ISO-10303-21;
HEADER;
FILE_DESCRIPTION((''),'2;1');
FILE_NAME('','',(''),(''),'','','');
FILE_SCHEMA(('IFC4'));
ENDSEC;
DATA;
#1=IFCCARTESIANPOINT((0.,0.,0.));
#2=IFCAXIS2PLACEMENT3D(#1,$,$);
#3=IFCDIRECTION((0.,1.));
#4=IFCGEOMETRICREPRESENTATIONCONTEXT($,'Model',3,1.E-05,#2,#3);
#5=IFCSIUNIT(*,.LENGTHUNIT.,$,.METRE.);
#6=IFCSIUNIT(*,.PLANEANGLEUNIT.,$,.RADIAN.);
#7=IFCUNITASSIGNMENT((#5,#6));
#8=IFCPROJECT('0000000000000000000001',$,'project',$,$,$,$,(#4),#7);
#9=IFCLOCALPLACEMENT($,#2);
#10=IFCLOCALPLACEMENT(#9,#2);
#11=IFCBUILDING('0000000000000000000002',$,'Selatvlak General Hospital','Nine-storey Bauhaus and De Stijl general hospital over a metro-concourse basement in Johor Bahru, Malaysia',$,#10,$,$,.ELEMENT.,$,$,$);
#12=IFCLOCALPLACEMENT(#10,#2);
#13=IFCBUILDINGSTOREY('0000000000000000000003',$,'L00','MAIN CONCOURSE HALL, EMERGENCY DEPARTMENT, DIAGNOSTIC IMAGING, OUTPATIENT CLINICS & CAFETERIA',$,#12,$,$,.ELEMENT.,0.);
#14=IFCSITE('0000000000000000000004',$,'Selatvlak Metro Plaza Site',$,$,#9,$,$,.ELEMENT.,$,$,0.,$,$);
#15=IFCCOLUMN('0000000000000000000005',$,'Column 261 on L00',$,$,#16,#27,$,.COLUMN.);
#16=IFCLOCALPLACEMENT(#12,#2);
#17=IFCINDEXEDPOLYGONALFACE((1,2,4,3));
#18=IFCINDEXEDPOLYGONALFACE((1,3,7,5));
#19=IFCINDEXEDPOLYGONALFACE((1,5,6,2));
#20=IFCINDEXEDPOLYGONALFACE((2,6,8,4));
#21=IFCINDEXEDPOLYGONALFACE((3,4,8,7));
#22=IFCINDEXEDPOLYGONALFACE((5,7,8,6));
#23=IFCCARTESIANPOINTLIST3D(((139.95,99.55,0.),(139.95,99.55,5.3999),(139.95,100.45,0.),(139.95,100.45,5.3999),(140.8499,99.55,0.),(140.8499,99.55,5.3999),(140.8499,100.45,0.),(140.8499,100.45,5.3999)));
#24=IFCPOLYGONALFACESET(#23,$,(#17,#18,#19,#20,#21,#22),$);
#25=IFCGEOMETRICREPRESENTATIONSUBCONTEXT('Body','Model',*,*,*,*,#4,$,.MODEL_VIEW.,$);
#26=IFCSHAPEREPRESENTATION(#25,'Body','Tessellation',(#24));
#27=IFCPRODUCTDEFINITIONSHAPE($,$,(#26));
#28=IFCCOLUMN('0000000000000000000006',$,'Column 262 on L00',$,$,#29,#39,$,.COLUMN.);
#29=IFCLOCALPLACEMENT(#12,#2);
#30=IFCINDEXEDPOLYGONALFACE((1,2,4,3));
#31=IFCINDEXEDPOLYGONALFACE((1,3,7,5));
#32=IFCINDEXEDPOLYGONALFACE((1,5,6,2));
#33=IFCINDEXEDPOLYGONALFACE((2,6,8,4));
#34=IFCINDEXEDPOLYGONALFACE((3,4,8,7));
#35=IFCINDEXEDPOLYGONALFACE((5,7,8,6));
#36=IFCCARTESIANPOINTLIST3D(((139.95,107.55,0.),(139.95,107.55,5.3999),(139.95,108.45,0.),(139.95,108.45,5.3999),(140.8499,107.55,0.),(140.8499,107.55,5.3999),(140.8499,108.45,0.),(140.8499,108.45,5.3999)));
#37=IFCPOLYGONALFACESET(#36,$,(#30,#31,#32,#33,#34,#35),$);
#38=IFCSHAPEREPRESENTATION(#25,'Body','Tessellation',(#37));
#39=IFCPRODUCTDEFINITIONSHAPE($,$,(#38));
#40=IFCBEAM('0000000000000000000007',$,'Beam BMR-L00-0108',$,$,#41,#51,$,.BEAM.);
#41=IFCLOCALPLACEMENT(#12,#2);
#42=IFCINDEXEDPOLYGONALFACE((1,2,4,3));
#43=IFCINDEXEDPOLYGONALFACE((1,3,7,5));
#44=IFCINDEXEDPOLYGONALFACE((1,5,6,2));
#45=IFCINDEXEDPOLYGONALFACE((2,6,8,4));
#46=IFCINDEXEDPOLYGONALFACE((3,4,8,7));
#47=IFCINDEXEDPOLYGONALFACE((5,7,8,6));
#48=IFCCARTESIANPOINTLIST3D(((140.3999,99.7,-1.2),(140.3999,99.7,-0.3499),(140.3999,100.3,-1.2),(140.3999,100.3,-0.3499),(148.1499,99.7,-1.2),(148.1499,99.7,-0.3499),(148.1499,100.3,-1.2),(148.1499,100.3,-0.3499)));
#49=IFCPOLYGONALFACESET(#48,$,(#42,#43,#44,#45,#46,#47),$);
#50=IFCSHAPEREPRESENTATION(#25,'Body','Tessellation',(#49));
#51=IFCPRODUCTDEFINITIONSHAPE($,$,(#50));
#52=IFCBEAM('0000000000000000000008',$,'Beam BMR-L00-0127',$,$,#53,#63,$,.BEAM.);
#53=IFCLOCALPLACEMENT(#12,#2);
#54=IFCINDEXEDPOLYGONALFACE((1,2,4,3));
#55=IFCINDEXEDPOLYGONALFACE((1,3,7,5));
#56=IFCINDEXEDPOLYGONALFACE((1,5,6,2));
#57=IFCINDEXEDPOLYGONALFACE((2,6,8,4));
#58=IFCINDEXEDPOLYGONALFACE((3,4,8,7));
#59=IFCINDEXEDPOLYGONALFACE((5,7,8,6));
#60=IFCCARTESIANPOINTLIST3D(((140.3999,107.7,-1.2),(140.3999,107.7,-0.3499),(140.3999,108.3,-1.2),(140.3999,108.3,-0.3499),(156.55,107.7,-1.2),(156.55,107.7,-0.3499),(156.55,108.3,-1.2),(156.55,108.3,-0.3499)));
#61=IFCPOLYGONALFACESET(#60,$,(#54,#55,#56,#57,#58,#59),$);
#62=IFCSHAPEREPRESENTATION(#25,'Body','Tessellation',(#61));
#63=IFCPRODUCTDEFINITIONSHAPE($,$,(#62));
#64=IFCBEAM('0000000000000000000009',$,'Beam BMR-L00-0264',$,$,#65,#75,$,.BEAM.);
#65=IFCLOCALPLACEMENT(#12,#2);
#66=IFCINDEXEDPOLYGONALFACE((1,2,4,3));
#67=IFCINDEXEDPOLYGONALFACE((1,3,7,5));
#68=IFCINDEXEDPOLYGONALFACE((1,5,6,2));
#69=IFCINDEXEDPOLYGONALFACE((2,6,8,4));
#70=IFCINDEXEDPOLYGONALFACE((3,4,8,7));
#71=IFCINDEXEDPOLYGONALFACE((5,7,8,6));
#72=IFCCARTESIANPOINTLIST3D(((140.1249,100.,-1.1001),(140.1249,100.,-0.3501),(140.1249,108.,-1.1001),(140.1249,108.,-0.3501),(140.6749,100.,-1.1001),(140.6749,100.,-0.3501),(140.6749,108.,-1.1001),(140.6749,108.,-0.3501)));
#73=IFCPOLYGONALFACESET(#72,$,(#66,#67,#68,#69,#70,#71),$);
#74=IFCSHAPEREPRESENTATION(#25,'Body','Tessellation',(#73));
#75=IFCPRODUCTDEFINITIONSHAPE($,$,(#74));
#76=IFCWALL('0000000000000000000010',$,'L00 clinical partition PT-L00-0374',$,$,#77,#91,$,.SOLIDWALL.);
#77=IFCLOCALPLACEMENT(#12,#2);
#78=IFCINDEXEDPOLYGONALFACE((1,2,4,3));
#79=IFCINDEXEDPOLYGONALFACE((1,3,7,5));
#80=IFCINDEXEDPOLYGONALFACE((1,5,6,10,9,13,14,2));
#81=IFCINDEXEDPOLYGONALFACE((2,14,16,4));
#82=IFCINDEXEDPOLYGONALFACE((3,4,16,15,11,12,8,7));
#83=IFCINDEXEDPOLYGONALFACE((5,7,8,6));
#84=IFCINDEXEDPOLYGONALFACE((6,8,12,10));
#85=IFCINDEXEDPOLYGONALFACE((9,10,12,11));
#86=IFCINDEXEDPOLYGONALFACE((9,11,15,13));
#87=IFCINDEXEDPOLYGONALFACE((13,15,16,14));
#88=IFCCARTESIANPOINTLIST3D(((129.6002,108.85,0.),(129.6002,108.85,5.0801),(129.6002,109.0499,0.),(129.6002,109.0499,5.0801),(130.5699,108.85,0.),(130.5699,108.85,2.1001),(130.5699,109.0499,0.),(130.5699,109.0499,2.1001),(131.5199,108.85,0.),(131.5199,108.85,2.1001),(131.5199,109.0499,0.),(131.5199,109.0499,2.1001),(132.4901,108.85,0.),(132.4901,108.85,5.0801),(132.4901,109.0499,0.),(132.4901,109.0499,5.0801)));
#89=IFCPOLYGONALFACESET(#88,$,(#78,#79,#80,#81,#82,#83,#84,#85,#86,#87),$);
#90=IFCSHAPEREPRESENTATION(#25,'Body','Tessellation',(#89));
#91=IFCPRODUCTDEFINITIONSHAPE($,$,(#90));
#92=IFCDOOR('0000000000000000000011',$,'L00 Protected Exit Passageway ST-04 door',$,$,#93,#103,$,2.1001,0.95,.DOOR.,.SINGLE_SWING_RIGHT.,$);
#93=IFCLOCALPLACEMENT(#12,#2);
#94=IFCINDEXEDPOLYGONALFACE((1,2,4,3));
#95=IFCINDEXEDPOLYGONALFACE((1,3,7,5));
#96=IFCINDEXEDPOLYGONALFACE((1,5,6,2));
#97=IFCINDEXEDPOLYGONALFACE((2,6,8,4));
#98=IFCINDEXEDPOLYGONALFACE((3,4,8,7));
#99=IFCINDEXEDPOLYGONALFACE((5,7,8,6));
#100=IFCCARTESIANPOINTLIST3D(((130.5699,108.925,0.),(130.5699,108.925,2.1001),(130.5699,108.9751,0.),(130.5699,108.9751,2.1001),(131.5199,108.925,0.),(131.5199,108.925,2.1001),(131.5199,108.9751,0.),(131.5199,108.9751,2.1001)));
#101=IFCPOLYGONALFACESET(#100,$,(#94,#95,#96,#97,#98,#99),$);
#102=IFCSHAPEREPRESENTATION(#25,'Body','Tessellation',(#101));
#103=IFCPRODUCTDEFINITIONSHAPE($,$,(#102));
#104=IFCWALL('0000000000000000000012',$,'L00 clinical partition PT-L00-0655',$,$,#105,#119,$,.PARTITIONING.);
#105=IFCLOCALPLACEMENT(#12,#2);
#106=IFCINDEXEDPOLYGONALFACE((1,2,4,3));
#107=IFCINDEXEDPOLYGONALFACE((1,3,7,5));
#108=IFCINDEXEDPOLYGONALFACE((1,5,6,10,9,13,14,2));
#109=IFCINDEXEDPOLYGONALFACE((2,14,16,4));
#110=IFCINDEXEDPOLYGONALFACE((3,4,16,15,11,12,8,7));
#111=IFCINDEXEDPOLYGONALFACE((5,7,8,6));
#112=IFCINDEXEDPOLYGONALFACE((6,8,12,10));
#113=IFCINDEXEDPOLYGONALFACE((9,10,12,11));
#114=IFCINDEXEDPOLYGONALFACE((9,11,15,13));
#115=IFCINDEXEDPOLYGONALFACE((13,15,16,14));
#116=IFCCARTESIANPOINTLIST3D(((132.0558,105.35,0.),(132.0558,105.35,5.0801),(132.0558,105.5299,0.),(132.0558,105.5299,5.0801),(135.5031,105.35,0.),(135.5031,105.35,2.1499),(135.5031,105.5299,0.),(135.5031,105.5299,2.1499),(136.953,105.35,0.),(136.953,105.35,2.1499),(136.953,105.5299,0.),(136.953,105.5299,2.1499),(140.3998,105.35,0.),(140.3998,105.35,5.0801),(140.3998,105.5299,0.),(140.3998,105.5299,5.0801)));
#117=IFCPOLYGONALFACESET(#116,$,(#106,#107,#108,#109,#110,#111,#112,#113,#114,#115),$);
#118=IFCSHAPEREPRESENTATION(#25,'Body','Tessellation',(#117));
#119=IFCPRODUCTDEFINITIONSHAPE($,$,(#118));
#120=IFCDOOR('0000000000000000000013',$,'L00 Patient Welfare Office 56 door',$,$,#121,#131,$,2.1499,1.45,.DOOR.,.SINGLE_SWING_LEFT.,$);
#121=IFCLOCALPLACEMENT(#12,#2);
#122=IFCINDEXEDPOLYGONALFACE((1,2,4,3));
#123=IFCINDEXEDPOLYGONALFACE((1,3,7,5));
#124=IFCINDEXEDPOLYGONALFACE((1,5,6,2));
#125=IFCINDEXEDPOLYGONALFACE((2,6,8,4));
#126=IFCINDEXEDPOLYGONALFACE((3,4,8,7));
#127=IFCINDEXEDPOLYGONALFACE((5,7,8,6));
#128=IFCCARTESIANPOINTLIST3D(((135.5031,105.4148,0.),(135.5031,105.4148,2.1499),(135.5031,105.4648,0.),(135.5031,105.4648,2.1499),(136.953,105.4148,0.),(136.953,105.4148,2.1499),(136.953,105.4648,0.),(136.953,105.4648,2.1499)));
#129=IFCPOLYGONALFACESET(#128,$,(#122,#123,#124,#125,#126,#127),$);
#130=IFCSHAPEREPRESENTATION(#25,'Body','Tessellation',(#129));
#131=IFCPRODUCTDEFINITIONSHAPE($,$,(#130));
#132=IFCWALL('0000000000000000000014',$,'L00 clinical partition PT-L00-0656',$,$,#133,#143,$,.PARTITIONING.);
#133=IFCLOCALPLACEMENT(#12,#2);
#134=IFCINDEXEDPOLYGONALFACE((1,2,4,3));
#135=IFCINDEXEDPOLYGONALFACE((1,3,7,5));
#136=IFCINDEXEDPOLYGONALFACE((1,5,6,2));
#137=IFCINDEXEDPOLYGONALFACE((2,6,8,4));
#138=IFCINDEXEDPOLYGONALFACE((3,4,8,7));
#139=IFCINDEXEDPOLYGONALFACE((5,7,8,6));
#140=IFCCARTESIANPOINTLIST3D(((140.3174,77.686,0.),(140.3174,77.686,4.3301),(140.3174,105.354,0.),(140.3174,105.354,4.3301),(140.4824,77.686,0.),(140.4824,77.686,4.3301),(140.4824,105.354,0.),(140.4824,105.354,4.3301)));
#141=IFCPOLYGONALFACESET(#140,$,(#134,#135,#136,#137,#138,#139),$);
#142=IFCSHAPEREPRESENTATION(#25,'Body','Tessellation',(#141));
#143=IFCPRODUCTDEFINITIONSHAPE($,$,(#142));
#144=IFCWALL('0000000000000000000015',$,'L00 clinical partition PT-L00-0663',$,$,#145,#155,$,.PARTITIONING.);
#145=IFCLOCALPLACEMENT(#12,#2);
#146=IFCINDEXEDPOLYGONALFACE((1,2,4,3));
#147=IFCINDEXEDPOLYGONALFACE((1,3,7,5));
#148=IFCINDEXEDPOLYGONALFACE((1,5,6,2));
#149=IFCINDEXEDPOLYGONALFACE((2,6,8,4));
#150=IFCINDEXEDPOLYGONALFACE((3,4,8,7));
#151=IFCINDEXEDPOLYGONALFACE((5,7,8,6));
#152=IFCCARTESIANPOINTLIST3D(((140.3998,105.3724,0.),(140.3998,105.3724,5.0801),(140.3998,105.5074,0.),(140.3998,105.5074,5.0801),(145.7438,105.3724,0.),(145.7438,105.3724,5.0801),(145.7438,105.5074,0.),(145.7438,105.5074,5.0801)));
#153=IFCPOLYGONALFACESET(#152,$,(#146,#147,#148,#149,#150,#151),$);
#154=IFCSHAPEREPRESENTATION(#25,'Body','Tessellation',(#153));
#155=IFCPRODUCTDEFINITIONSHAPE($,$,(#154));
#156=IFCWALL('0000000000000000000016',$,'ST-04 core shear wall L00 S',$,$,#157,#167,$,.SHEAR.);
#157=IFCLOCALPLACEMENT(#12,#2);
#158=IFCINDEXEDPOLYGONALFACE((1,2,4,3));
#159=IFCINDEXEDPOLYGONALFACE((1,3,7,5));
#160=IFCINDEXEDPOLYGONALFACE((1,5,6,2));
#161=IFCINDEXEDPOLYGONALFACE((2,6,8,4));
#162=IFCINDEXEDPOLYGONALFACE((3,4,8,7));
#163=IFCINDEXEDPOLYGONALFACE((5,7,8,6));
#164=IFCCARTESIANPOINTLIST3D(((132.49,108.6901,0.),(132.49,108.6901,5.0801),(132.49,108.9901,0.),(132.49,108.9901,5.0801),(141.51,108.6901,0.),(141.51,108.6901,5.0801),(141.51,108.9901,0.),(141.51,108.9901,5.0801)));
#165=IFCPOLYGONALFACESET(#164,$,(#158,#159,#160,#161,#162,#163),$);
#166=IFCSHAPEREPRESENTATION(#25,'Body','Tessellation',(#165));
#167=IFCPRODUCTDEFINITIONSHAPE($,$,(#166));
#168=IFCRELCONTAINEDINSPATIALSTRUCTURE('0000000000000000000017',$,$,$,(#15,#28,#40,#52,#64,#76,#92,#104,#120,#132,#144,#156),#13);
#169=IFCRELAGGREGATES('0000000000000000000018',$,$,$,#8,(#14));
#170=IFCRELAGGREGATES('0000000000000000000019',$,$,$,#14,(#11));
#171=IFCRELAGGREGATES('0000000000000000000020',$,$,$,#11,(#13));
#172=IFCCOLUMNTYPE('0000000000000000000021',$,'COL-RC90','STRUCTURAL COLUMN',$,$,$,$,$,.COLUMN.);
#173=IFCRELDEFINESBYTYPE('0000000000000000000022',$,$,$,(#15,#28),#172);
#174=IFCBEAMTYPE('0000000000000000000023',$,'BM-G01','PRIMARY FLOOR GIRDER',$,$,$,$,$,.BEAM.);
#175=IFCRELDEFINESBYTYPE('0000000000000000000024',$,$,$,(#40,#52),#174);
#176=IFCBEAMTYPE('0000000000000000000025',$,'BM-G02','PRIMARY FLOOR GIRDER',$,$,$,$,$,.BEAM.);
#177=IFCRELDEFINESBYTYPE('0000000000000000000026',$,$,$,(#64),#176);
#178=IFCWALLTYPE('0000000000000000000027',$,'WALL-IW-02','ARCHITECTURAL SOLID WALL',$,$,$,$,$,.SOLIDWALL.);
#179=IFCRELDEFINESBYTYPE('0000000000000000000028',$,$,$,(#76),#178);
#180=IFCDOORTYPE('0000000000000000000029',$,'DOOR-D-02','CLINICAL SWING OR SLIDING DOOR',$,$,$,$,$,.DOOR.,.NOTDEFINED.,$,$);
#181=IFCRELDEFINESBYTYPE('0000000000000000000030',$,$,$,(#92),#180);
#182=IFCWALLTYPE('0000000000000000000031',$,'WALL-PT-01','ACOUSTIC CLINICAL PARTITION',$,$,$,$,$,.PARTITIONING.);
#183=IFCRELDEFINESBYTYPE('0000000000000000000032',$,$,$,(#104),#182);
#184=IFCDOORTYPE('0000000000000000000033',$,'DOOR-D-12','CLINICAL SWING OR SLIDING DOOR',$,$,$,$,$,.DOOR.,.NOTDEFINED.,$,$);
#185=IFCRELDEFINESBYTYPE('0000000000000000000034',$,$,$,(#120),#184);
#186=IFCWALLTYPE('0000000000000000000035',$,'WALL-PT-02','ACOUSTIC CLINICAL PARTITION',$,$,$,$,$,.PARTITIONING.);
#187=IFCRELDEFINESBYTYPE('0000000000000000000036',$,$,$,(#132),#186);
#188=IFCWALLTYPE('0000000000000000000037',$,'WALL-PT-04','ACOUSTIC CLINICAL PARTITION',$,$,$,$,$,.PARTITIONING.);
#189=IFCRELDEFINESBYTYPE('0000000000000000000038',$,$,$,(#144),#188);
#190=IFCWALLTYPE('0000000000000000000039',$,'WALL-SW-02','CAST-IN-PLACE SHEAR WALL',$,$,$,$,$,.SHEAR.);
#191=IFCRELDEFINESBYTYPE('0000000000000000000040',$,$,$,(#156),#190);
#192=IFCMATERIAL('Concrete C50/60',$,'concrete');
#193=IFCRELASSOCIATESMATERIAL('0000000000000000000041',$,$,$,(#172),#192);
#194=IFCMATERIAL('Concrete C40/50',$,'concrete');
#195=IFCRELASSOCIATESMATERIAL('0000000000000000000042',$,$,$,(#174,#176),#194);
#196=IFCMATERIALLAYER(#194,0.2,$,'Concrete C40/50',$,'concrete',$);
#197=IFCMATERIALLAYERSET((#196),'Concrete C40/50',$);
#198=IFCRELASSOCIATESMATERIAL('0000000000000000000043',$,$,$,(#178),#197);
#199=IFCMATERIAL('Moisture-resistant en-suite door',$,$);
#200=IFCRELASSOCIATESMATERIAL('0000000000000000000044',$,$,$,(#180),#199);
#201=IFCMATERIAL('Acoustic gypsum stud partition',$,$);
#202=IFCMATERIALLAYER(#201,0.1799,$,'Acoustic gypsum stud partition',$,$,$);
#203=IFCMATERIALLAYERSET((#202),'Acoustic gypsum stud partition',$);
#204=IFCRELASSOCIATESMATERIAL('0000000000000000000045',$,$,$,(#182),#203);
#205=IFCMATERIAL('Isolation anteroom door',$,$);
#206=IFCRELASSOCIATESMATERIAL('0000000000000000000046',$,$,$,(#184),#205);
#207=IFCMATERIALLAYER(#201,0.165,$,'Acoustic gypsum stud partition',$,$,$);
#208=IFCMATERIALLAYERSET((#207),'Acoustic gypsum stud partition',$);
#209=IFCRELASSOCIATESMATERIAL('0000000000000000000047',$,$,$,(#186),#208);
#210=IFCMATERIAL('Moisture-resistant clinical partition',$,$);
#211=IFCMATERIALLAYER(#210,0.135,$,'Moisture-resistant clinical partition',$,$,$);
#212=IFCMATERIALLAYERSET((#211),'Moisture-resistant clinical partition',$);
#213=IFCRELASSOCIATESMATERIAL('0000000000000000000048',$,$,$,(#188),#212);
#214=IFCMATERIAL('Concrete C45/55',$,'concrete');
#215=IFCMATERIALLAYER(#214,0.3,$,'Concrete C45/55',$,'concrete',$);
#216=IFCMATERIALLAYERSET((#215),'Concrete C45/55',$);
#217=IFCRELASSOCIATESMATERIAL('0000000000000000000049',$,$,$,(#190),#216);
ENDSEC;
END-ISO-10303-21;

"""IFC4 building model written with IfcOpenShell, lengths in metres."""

from ifc_helpers import new_model, si_unit, direction, frame, frame_2d, origin, origin_2d, place, context, subcontext, project, spatial, rectangle, extrude, material, layer, layer_set, material_profile, profile_set, type_object, element, fill, save


model = new_model("IFC4")

# Units and contexts
model_context = context("Model", 3, precision=1e-05, world=origin(), true_north=direction((0.0, 1.0)))
body_context = subcontext(model_context, "Body", "Model", "MODEL_VIEW")
ifc_project = project(units=[si_unit("LENGTHUNIT", "METRE"), si_unit("PLANEANGLEUNIT", "RADIAN")], contexts=[model_context])

# Site, building, storey
site_placement = place(None, origin())
site = spatial("IfcSite", under=ifc_project, at=site_placement, Name="Selatvlak Metro Plaza Site", CompositionType="ELEMENT", RefElevation=0.0)
building_placement = place(site_placement, origin())
building = spatial("IfcBuilding", under=site, at=building_placement, Name="Selatvlak General Hospital", Description="Nine-storey Bauhaus and De Stijl general hospital over a metro-concourse basement in Johor Bahru, Malaysia", CompositionType="ELEMENT")
storey_placement = place(building_placement, origin())
storey = spatial("IfcBuildingStorey", under=building, at=storey_placement, Name="L00", Description="MAIN CONCOURSE HALL, EMERGENCY DEPARTMENT, DIAGNOSTIC IMAGING, OUTPATIENT CLINICS & CAFETERIA", CompositionType="ELEMENT", Elevation=0.0)

# Columns
ifc_material_1 = material(Name="Concrete C50/60", Category="concrete")
ifc_material_profile_1 = material_profile(ifc_material_1, rectangle(XDim=0.8999, YDim=0.8999, at=origin_2d()), Name="RC-COL 900x900")
ifc_profile_set_1 = profile_set([ifc_material_profile_1], Name="Concrete C50/60")
column_type = type_object("IfcColumnType", Name="COL-RC90", Description="STRUCTURAL COLUMN", PredefinedType="COLUMN", material=ifc_profile_set_1)
for number, where, z_axis, x_axis, name in (
    (1, (140.3999, 100.0, 0.0), (0.0, 0.0, 1.0), (1.0, 0.0, 0.0), "Column 261 on L00"),
    (2, (140.3999, 108.0, 0.0), (0.0, 0.0, 1.0), (1.0, 0.0, 0.0), "Column 262 on L00"),
):
    element("IfcColumn", number, at=place(storey_placement, frame(where, z_axis=z_axis, x_axis=x_axis)), inside=storey, type_object=column_type, Name=name, PredefinedType="COLUMN", context=body_context, shape_type="SweptSolid", body=[
        extrude(rectangle(XDim=0.8999, YDim=0.8999, at=origin_2d()), origin(), (0.0, 0.0, 1.0), 5.3999),
    ])

# Beams
ifc_material_2 = material(Name="Concrete C40/50", Category="concrete")
ifc_material_profile_2 = material_profile(ifc_material_2, rectangle(XDim=0.6001, YDim=0.8501, at=origin_2d()), Name="RC-BM 600x850")
ifc_profile_set_2 = profile_set([ifc_material_profile_2], Name="Concrete C40/50")
beam_type_1 = type_object("IfcBeamType", Name="BM-G01", Description="PRIMARY FLOOR GIRDER", PredefinedType="BEAM", material=ifc_profile_set_2)
beam_1_placement = place(storey_placement, frame((140.3999, 100.0, -0.7749), z_axis=(1.0, 0.0, 0.0), x_axis=(0.0, 1.0, 0.0)))
element("IfcBeam", 3, at=beam_1_placement, inside=storey, type_object=beam_type_1, Name="Beam BMR-L00-0108", PredefinedType="BEAM", context=body_context, shape_type="SweptSolid", body=[
    extrude(rectangle(XDim=0.6001, YDim=0.8501, at=origin_2d()), origin(), (0.0, 0.0, 1.0), 7.75),
])
beam_2_placement = place(storey_placement, frame((140.3999, 108.0, -0.7749), z_axis=(1.0, 0.0, 0.0), x_axis=(0.0, 1.0, 0.0)))
element("IfcBeam", 4, at=beam_2_placement, inside=storey, type_object=beam_type_1, Name="Beam BMR-L00-0127", PredefinedType="BEAM", context=body_context, shape_type="SweptSolid", body=[
    extrude(rectangle(XDim=0.6001, YDim=0.8501, at=origin_2d()), origin(), (0.0, 0.0, 1.0), 16.1501),
])
ifc_material_profile_3 = material_profile(ifc_material_2, rectangle(XDim=0.55, YDim=0.75, at=origin_2d()), Name="RC-BM 550x750")
ifc_profile_set_3 = profile_set([ifc_material_profile_3], Name="Concrete C40/50")
beam_type_2 = type_object("IfcBeamType", Name="BM-G02", Description="PRIMARY FLOOR GIRDER", PredefinedType="BEAM", material=ifc_profile_set_3)
beam_3_placement = place(storey_placement, frame((140.3999, 100.0, -0.7251), z_axis=(0.0, 1.0, 0.0), x_axis=(-1.0, 0.0, 0.0)))
element("IfcBeam", 5, at=beam_3_placement, inside=storey, type_object=beam_type_2, Name="Beam BMR-L00-0264", PredefinedType="BEAM", context=body_context, shape_type="SweptSolid", body=[
    extrude(rectangle(XDim=0.55, YDim=0.75, at=origin_2d()), origin(), (0.0, 0.0, 1.0), 8.0),
])

# Walls, openings, doors
ifc_layer_1 = layer(ifc_material_2, 0.2, Name="Concrete C40/50", Category="concrete")
ifc_layer_set_1 = layer_set([ifc_layer_1], Name="Concrete C40/50")
wall_type_1 = type_object("IfcWallType", Name="WALL-IW-02", Description="ARCHITECTURAL SOLID WALL", PredefinedType="SOLIDWALL", material=ifc_layer_set_1)
wall_1_placement = place(storey_placement, frame((132.49, 108.95, 0.0), z_axis=(0.0, 0.0, 1.0), x_axis=(-1.0, 0.0, 0.0)))
wall_1 = element("IfcWall", 6, at=wall_1_placement, inside=storey, type_object=wall_type_1, Name="L00 clinical partition PT-L00-0374", PredefinedType="SOLIDWALL", context=body_context, shape_type="SweptSolid", body=[
    extrude(rectangle(XDim=2.8899, YDim=0.2, at=frame_2d((1.4448, 0.0))), origin(), (0.0, 0.0, 1.0), 5.0801),
])
opening_1_placement = place(wall_1_placement, frame((0.97, 0.0, 0.0)))
opening_1 = element("IfcOpeningElement", 7, at=opening_1_placement, cuts=wall_1, PredefinedType="OPENING", context=body_context, shape_type="SweptSolid", body=[
    extrude(rectangle(XDim=0.95, YDim=2.1001, at=frame_2d((0.4751, 1.05))), frame((0.0, 0.1099, 0.0), z_axis=(0.0, -1.0, 0.0), x_axis=(1.0, 0.0, 0.0)), (0.0, 0.0, 1.0), 0.22),
])
ifc_material_3 = material(Name="Moisture-resistant en-suite door")
door_type_1 = type_object("IfcDoorType", Name="DOOR-D-02", Description="CLINICAL SWING OR SLIDING DOOR", OperationType="NOTDEFINED", PredefinedType="DOOR", material=ifc_material_3)
door_1_placement = place(opening_1_placement, origin())
door_1 = element("IfcDoor", 8, at=door_1_placement, inside=storey, type_object=door_type_1, Name="L00 Protected Exit Passageway ST-04 door", OperationType="SINGLE_SWING_RIGHT", OverallHeight=2.1001, OverallWidth=0.95, PredefinedType="DOOR", context=body_context, shape_type="SweptSolid", body=[
    extrude(rectangle(XDim=0.95, YDim=2.1001, at=frame_2d((0.4751, 1.05))), frame((0.0, 0.0249, 0.0), z_axis=(0.0, -1.0, 0.0), x_axis=(1.0, 0.0, 0.0)), (0.0, 0.0, 1.0), 0.05),
])
fill(opening_1, door_1)
ifc_material_4 = material(Name="Acoustic gypsum stud partition")
ifc_layer_2 = layer(ifc_material_4, 0.1799, Name="Acoustic gypsum stud partition")
ifc_layer_set_2 = layer_set([ifc_layer_2], Name="Acoustic gypsum stud partition")
wall_type_2 = type_object("IfcWallType", Name="WALL-PT-01", Description="ACOUSTIC CLINICAL PARTITION", PredefinedType="PARTITIONING", material=ifc_layer_set_2)
wall_2_placement = place(storey_placement, frame((132.0559, 105.4399, 0.0), z_axis=(0.0, 0.0, 1.0), x_axis=(1.0, 0.0, 0.0)))
wall_2 = element("IfcWall", 9, at=wall_2_placement, inside=storey, type_object=wall_type_2, Name="L00 clinical partition PT-L00-0655", PredefinedType="PARTITIONING", context=body_context, shape_type="SweptSolid", body=[
    extrude(rectangle(XDim=8.344, YDim=0.1799, at=frame_2d((4.1719, 0.0))), origin(), (0.0, 0.0, 1.0), 5.0801),
])
opening_2_placement = place(wall_2_placement, frame((3.447, 0.0, 0.0)))
opening_2 = element("IfcOpeningElement", 10, at=opening_2_placement, cuts=wall_2, PredefinedType="OPENING", context=body_context, shape_type="SweptSolid", body=[
    extrude(rectangle(XDim=1.45, YDim=2.1499, at=frame_2d((0.7251, 1.075))), frame((0.0, 0.0999, 0.0), z_axis=(0.0, -1.0, 0.0), x_axis=(1.0, 0.0, 0.0)), (0.0, 0.0, 1.0), 0.2),
])
ifc_material_5 = material(Name="Isolation anteroom door")
door_type_2 = type_object("IfcDoorType", Name="DOOR-D-12", Description="CLINICAL SWING OR SLIDING DOOR", OperationType="NOTDEFINED", PredefinedType="DOOR", material=ifc_material_5)
door_2_placement = place(opening_2_placement, origin())
door_2 = element("IfcDoor", 11, at=door_2_placement, inside=storey, type_object=door_type_2, Name="L00 Patient Welfare Office 56 door", OperationType="SINGLE_SWING_LEFT", OverallHeight=2.1499, OverallWidth=1.45, PredefinedType="DOOR", context=body_context, shape_type="SweptSolid", body=[
    extrude(rectangle(XDim=1.45, YDim=2.1499, at=frame_2d((0.7251, 1.075))), frame((0.0, 0.0249, 0.0), z_axis=(0.0, -1.0, 0.0), x_axis=(1.0, 0.0, 0.0)), (0.0, 0.0, 1.0), 0.05),
])
fill(opening_2, door_2)

# Walls
ifc_layer_3 = layer(ifc_material_4, 0.165, Name="Acoustic gypsum stud partition")
ifc_layer_set_3 = layer_set([ifc_layer_3], Name="Acoustic gypsum stud partition")
wall_type_3 = type_object("IfcWallType", Name="WALL-PT-02", Description="ACOUSTIC CLINICAL PARTITION", PredefinedType="PARTITIONING", material=ifc_layer_set_3)
wall_3_placement = place(storey_placement, frame((140.3999, 105.354, 0.0), z_axis=(0.0, 0.0, 1.0), x_axis=(0.0, -1.0, 0.0)))
element("IfcWall", 12, at=wall_3_placement, inside=storey, type_object=wall_type_3, Name="L00 clinical partition PT-L00-0656", PredefinedType="PARTITIONING", context=body_context, shape_type="SweptSolid", body=[
    extrude(rectangle(XDim=27.668, YDim=0.165, at=frame_2d((13.834, 0.0))), origin(), (0.0, 0.0, 1.0), 4.3301),
])
ifc_material_6 = material(Name="Moisture-resistant clinical partition")
ifc_layer_4 = layer(ifc_material_6, 0.135, Name="Moisture-resistant clinical partition")
ifc_layer_set_4 = layer_set([ifc_layer_4], Name="Moisture-resistant clinical partition")
wall_type_4 = type_object("IfcWallType", Name="WALL-PT-04", Description="ACOUSTIC CLINICAL PARTITION", PredefinedType="PARTITIONING", material=ifc_layer_set_4)
wall_4_placement = place(storey_placement, frame((140.3999, 105.4399, 0.0), z_axis=(0.0, 0.0, 1.0), x_axis=(1.0, 0.0, 0.0)))
element("IfcWall", 13, at=wall_4_placement, inside=storey, type_object=wall_type_4, Name="L00 clinical partition PT-L00-0663", PredefinedType="PARTITIONING", context=body_context, shape_type="SweptSolid", body=[
    extrude(rectangle(XDim=5.344, YDim=0.135, at=frame_2d((2.6719, 0.0))), origin(), (0.0, 0.0, 1.0), 5.0801),
])
ifc_material_7 = material(Name="Concrete C45/55", Category="concrete")
ifc_layer_5 = layer(ifc_material_7, 0.3, Name="Concrete C45/55", Category="concrete")
ifc_layer_set_5 = layer_set([ifc_layer_5], Name="Concrete C45/55")
wall_type_5 = type_object("IfcWallType", Name="WALL-SW-02", Description="CAST-IN-PLACE SHEAR WALL", PredefinedType="SHEAR", material=ifc_layer_set_5)
wall_5_placement = place(storey_placement, frame((132.49, 108.8401, 0.0), z_axis=(0.0, 0.0, 1.0), x_axis=(1.0, 0.0, 0.0)))
element("IfcWall", 14, at=wall_5_placement, inside=storey, type_object=wall_type_5, Name="ST-04 core shear wall L00 S", PredefinedType="SHEAR", context=body_context, shape_type="SweptSolid", body=[
    extrude(rectangle(XDim=9.02, YDim=0.3, at=frame_2d((4.51, 0.0))), origin(), (0.0, 0.0, 1.0), 5.0801),
])

save(model, "model.ifc")
